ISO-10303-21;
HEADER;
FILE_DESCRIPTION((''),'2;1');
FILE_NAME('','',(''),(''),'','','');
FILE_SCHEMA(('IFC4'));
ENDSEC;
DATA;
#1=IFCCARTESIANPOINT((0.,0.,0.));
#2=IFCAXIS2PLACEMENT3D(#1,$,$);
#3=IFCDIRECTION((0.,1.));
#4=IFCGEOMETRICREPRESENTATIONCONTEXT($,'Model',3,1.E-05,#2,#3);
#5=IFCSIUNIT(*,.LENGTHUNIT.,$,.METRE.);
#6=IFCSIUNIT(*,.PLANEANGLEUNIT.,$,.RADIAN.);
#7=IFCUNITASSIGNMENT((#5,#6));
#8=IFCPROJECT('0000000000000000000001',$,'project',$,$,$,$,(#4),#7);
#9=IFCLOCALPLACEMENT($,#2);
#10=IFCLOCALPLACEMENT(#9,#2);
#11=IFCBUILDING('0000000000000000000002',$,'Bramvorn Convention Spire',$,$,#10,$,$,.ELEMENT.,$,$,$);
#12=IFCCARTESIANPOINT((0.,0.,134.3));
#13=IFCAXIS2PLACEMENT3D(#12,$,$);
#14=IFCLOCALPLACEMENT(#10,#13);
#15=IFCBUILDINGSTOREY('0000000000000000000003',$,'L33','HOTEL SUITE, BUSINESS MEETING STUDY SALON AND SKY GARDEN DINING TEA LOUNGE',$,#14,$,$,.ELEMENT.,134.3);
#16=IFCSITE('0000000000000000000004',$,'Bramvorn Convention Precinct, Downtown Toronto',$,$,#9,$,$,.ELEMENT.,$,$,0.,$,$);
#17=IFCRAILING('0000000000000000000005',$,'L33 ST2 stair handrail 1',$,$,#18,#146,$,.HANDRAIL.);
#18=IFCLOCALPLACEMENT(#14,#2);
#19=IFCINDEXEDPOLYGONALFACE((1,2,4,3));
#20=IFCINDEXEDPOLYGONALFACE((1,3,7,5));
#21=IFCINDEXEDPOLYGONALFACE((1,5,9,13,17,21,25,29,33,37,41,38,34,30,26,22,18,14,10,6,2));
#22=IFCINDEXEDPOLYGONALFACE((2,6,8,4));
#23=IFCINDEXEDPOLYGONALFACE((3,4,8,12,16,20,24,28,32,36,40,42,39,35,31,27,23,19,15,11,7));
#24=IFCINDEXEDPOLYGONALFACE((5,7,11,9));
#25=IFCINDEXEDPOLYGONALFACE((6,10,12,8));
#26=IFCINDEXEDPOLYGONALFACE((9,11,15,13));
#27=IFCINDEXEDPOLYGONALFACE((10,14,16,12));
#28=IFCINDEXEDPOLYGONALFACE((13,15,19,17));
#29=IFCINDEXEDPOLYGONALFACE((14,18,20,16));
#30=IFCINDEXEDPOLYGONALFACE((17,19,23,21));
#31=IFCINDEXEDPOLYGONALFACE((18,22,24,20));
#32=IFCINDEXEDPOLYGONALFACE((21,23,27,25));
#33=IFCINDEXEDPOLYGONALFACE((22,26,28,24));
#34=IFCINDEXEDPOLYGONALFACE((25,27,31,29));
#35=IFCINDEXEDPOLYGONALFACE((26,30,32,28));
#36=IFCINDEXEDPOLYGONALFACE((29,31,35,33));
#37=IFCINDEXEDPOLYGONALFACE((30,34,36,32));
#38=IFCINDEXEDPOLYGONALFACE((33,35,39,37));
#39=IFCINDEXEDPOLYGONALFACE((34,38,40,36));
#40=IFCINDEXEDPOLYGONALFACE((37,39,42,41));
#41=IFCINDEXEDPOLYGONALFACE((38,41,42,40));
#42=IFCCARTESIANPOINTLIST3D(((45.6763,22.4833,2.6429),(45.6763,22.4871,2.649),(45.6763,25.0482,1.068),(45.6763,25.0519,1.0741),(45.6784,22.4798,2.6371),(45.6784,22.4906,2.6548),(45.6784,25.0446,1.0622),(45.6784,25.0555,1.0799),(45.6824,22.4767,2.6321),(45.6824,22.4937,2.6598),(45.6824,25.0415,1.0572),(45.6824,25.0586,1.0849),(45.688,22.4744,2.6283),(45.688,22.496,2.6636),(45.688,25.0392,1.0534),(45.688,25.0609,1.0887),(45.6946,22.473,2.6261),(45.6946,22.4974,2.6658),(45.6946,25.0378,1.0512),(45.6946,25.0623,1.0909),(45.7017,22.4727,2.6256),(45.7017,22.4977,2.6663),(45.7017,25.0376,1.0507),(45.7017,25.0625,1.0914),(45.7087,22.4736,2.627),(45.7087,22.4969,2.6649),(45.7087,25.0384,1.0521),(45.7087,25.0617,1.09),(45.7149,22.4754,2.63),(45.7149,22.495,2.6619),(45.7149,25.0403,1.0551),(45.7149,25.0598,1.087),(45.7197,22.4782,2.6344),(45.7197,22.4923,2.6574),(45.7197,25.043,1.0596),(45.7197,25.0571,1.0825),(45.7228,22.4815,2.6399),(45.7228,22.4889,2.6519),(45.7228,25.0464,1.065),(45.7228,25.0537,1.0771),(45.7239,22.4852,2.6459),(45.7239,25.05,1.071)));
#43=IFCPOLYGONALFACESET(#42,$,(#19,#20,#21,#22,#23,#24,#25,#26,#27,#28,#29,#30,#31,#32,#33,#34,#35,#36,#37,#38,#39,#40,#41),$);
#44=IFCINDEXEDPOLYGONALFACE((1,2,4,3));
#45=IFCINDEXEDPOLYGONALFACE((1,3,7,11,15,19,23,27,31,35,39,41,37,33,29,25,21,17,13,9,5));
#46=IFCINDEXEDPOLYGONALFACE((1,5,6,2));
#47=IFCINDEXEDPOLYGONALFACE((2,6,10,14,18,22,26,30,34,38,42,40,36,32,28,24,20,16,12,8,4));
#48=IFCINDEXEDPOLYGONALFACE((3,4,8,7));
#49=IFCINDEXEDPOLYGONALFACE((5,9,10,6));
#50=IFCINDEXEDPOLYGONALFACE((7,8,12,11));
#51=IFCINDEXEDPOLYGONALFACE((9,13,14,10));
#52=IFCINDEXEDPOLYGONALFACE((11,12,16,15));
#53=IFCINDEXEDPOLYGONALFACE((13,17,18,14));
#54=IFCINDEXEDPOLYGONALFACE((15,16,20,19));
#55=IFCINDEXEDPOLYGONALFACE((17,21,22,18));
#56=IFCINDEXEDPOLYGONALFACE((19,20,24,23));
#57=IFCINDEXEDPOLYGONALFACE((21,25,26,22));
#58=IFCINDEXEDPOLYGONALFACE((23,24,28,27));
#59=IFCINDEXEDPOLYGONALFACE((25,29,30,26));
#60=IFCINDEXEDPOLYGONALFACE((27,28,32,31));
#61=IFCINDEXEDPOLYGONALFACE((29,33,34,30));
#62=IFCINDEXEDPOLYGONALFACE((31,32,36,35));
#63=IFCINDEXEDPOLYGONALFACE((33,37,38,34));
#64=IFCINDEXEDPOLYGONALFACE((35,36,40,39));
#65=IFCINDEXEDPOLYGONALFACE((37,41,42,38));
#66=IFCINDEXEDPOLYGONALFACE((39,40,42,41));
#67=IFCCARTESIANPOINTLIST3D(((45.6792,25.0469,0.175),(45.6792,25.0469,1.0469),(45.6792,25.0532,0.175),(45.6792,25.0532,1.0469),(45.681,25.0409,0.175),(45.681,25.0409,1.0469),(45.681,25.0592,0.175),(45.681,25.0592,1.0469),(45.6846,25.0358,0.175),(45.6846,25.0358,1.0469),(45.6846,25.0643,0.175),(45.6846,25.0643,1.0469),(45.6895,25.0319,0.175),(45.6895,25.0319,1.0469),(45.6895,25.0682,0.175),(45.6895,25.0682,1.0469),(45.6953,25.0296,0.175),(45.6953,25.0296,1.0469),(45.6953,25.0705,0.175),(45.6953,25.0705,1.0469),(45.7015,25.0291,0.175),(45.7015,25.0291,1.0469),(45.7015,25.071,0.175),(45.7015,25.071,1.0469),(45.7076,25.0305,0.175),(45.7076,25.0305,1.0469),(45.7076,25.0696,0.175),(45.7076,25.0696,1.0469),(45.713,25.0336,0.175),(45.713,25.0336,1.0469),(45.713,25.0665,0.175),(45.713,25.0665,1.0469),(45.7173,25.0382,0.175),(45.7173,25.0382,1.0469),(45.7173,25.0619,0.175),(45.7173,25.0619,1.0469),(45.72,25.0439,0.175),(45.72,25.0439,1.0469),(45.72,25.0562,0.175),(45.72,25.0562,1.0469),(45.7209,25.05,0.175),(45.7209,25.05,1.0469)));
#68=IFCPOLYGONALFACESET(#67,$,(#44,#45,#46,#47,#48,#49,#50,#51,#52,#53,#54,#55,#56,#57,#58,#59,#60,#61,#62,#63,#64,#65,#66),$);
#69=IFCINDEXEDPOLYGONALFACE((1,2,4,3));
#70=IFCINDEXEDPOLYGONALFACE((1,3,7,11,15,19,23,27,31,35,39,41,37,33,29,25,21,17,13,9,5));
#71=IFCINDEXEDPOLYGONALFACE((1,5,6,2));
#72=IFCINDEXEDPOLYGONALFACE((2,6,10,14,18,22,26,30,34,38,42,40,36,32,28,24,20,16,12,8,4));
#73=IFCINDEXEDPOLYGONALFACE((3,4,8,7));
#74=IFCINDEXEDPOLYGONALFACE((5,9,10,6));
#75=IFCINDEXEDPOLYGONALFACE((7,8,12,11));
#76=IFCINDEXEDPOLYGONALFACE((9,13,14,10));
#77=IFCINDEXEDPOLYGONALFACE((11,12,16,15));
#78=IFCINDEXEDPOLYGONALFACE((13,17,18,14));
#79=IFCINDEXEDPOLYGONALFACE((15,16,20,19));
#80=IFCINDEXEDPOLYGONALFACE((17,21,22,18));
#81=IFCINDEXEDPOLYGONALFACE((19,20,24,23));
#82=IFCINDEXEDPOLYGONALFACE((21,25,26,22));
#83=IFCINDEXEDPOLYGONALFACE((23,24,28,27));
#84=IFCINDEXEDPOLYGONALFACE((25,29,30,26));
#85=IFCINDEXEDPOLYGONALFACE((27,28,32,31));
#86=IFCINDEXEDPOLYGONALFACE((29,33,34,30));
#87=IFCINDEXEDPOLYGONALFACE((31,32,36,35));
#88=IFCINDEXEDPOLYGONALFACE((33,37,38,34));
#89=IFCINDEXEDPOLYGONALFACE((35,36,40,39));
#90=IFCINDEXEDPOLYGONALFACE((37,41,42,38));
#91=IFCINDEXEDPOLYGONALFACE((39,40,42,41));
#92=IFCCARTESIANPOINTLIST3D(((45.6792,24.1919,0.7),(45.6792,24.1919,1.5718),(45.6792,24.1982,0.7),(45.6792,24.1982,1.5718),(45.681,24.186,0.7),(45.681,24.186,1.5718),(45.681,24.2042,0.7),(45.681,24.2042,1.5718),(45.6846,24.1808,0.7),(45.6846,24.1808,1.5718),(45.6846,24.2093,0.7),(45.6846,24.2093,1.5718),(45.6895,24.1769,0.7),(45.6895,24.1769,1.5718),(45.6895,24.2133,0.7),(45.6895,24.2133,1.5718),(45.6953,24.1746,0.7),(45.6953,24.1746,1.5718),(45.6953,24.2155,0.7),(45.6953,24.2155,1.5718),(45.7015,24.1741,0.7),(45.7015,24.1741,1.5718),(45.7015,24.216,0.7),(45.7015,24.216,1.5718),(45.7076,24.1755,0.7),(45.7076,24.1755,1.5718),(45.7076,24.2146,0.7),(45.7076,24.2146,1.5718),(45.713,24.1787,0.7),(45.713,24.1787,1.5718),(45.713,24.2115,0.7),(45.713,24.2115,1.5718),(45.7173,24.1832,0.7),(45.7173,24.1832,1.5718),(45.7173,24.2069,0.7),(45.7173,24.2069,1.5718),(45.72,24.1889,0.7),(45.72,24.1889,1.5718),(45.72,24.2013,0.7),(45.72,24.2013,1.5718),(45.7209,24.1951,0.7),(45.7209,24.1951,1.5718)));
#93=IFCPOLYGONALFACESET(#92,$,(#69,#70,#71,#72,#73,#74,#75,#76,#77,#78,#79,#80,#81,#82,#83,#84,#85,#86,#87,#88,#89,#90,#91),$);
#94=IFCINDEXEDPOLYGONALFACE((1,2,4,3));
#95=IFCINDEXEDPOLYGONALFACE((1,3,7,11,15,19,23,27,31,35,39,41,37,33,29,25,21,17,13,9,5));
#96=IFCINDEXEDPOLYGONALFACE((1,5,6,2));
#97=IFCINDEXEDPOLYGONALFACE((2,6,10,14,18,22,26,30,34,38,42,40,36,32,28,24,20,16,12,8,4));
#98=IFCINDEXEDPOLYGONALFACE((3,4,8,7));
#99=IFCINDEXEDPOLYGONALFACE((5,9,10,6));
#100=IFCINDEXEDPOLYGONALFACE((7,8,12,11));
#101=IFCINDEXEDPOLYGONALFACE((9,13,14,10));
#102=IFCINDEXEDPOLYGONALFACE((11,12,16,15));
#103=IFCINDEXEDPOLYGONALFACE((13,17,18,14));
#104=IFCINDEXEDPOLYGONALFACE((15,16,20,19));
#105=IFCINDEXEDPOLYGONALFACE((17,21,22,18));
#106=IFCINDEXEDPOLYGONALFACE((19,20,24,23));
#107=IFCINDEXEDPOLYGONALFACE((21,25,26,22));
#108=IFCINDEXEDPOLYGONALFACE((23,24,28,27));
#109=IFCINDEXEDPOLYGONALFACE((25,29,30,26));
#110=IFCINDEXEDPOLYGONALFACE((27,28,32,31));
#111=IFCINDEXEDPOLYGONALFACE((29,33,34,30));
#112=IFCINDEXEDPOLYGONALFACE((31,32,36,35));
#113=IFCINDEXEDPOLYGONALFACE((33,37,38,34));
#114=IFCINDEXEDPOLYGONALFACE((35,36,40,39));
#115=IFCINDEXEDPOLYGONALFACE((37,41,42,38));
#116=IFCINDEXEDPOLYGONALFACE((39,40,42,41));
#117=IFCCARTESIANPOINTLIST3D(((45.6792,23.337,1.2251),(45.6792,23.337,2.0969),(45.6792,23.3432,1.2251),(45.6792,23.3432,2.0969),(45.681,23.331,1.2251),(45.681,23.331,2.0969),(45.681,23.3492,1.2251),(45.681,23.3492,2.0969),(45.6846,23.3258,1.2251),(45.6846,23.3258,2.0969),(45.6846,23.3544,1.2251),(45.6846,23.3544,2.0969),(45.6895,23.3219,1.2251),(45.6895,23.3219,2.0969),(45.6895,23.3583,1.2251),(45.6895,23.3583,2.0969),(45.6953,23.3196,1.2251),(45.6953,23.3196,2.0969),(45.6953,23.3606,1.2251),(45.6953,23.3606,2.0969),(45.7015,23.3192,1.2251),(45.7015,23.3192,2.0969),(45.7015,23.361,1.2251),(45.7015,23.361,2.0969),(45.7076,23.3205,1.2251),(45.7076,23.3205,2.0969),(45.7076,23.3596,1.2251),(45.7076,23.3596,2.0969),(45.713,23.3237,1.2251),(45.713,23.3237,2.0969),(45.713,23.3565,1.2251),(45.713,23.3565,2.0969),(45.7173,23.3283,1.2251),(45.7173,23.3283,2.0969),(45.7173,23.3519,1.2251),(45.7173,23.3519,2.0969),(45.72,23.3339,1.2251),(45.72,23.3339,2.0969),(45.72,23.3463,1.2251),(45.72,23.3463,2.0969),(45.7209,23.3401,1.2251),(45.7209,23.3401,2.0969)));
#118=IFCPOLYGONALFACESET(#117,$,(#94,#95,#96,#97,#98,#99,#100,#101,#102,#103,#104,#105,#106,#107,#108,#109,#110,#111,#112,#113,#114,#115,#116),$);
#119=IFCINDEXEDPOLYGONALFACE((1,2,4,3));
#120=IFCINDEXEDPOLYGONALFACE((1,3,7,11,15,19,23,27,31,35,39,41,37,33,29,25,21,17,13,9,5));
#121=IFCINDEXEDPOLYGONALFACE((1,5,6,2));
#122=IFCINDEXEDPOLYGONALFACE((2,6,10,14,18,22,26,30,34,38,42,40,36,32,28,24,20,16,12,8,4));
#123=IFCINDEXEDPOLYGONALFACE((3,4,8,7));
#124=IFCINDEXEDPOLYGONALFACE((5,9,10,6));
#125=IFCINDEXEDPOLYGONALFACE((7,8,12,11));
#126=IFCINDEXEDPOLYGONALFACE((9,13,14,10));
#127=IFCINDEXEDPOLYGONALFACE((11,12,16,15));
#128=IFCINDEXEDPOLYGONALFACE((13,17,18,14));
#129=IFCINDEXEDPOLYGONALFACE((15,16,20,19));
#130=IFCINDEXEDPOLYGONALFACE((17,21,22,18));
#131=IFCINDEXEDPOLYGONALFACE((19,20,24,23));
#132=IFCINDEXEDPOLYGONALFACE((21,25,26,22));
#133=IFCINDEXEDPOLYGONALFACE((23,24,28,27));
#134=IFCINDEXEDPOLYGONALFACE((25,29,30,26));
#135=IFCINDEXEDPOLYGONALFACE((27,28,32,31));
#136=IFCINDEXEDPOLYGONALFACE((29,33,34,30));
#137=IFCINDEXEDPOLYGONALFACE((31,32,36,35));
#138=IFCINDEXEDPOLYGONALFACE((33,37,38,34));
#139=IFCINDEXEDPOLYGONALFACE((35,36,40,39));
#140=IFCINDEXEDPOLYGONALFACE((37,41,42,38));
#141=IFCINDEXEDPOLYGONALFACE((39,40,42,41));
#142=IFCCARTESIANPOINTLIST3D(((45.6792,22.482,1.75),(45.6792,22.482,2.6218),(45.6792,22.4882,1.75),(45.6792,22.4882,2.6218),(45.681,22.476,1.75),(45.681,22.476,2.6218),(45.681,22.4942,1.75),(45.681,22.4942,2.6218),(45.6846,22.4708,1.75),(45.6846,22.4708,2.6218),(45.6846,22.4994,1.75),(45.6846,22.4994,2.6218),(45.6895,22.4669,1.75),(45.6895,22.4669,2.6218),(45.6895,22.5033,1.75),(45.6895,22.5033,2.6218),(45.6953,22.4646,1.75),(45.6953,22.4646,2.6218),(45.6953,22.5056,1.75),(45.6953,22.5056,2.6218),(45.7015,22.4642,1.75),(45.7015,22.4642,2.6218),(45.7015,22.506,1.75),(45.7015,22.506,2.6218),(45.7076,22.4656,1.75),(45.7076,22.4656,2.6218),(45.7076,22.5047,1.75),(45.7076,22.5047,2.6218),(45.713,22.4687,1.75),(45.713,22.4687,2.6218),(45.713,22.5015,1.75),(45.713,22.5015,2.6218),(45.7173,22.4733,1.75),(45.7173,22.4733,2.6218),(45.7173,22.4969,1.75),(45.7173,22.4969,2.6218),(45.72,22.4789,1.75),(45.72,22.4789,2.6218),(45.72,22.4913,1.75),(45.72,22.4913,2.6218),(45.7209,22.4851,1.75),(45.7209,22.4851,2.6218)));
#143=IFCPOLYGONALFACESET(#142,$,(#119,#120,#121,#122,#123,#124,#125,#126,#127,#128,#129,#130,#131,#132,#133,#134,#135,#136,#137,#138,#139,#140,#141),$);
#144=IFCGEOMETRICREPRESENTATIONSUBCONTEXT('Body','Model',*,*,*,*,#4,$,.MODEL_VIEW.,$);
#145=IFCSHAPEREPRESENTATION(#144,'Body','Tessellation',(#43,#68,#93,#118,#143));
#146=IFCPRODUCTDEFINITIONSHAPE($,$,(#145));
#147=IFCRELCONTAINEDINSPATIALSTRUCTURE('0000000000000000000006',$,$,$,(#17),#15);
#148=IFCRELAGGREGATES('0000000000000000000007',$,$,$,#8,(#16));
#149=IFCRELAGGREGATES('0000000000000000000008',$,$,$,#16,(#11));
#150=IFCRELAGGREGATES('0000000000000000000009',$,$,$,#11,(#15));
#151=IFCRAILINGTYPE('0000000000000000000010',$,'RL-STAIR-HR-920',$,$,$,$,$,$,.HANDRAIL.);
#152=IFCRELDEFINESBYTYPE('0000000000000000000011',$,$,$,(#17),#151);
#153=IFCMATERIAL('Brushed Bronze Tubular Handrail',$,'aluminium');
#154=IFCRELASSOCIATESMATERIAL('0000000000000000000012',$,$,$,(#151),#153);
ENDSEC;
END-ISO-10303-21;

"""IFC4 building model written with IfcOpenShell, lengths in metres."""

from ifc_helpers import new_model, si_unit, direction, frame, origin, origin_2d, place, context, subcontext, project, spatial, circle, extrude, material, type_object, element, save


model = new_model("IFC4")

# Units and contexts
model_context = context("Model", 3, precision=1e-05, world=origin(), true_north=direction((0.0, 1.0)))
body_context = subcontext(model_context, "Body", "Model", "MODEL_VIEW")
ifc_project = project(units=[si_unit("LENGTHUNIT", "METRE"), si_unit("PLANEANGLEUNIT", "RADIAN")], contexts=[model_context])

# Site, building, storey
site_placement = place(None, origin())
site = spatial("IfcSite", under=ifc_project, at=site_placement, Name="Bramvorn Convention Precinct, Downtown Toronto", CompositionType="ELEMENT", RefElevation=0.0)
building_placement = place(site_placement, origin())
building = spatial("IfcBuilding", under=site, at=building_placement, Name="Bramvorn Convention Spire", CompositionType="ELEMENT")
storey_placement = place(building_placement, frame((0.0, 0.0, 134.3)))
storey = spatial("IfcBuildingStorey", under=building, at=storey_placement, Name="L33", Description="HOTEL SUITE, BUSINESS MEETING STUDY SALON AND SKY GARDEN DINING TEA LOUNGE", CompositionType="ELEMENT", Elevation=134.3)

# Railing
ifc_material_1 = material(Name="Brushed Bronze Tubular Handrail", Category="aluminium")
railing_type_1 = type_object("IfcRailingType", Name="RL-STAIR-HR-920", PredefinedType="HANDRAIL", material=ifc_material_1)
railing_1_placement = place(storey_placement, frame((45.7, 25.05, 0.175)))
element("IfcRailing", 1, at=railing_1_placement, inside=storey, type_object=railing_type_1, Name="L33 ST2 stair handrail 1", PredefinedType="HANDRAIL", context=body_context, shape_type="SweptSolid", body=[
    extrude(circle(Radius=0.0239, at=origin_2d()), frame((0.0, 0.0, 0.896), z_axis=(0.0, -0.852173, 0.52326), x_axis=(1.0, 0.0, 0.0)), (0.0, 0.0, 1.0), 3.0098),
    extrude(circle(Radius=0.021, at=origin_2d()), origin(), (0.0, 0.0, 1.0), 0.8718),
    extrude(circle(Radius=0.021, at=origin_2d()), frame((0.0, -0.855, 0.5249)), (0.0, 0.0, 1.0), 0.8718),
    extrude(circle(Radius=0.021, at=origin_2d()), frame((0.0, -1.71, 1.05)), (0.0, 0.0, 1.0), 0.8718),
    extrude(circle(Radius=0.021, at=origin_2d()), frame((0.0, -2.5649, 1.575)), (0.0, 0.0, 1.0), 0.8718),
])

save(model, "model.ifc")
